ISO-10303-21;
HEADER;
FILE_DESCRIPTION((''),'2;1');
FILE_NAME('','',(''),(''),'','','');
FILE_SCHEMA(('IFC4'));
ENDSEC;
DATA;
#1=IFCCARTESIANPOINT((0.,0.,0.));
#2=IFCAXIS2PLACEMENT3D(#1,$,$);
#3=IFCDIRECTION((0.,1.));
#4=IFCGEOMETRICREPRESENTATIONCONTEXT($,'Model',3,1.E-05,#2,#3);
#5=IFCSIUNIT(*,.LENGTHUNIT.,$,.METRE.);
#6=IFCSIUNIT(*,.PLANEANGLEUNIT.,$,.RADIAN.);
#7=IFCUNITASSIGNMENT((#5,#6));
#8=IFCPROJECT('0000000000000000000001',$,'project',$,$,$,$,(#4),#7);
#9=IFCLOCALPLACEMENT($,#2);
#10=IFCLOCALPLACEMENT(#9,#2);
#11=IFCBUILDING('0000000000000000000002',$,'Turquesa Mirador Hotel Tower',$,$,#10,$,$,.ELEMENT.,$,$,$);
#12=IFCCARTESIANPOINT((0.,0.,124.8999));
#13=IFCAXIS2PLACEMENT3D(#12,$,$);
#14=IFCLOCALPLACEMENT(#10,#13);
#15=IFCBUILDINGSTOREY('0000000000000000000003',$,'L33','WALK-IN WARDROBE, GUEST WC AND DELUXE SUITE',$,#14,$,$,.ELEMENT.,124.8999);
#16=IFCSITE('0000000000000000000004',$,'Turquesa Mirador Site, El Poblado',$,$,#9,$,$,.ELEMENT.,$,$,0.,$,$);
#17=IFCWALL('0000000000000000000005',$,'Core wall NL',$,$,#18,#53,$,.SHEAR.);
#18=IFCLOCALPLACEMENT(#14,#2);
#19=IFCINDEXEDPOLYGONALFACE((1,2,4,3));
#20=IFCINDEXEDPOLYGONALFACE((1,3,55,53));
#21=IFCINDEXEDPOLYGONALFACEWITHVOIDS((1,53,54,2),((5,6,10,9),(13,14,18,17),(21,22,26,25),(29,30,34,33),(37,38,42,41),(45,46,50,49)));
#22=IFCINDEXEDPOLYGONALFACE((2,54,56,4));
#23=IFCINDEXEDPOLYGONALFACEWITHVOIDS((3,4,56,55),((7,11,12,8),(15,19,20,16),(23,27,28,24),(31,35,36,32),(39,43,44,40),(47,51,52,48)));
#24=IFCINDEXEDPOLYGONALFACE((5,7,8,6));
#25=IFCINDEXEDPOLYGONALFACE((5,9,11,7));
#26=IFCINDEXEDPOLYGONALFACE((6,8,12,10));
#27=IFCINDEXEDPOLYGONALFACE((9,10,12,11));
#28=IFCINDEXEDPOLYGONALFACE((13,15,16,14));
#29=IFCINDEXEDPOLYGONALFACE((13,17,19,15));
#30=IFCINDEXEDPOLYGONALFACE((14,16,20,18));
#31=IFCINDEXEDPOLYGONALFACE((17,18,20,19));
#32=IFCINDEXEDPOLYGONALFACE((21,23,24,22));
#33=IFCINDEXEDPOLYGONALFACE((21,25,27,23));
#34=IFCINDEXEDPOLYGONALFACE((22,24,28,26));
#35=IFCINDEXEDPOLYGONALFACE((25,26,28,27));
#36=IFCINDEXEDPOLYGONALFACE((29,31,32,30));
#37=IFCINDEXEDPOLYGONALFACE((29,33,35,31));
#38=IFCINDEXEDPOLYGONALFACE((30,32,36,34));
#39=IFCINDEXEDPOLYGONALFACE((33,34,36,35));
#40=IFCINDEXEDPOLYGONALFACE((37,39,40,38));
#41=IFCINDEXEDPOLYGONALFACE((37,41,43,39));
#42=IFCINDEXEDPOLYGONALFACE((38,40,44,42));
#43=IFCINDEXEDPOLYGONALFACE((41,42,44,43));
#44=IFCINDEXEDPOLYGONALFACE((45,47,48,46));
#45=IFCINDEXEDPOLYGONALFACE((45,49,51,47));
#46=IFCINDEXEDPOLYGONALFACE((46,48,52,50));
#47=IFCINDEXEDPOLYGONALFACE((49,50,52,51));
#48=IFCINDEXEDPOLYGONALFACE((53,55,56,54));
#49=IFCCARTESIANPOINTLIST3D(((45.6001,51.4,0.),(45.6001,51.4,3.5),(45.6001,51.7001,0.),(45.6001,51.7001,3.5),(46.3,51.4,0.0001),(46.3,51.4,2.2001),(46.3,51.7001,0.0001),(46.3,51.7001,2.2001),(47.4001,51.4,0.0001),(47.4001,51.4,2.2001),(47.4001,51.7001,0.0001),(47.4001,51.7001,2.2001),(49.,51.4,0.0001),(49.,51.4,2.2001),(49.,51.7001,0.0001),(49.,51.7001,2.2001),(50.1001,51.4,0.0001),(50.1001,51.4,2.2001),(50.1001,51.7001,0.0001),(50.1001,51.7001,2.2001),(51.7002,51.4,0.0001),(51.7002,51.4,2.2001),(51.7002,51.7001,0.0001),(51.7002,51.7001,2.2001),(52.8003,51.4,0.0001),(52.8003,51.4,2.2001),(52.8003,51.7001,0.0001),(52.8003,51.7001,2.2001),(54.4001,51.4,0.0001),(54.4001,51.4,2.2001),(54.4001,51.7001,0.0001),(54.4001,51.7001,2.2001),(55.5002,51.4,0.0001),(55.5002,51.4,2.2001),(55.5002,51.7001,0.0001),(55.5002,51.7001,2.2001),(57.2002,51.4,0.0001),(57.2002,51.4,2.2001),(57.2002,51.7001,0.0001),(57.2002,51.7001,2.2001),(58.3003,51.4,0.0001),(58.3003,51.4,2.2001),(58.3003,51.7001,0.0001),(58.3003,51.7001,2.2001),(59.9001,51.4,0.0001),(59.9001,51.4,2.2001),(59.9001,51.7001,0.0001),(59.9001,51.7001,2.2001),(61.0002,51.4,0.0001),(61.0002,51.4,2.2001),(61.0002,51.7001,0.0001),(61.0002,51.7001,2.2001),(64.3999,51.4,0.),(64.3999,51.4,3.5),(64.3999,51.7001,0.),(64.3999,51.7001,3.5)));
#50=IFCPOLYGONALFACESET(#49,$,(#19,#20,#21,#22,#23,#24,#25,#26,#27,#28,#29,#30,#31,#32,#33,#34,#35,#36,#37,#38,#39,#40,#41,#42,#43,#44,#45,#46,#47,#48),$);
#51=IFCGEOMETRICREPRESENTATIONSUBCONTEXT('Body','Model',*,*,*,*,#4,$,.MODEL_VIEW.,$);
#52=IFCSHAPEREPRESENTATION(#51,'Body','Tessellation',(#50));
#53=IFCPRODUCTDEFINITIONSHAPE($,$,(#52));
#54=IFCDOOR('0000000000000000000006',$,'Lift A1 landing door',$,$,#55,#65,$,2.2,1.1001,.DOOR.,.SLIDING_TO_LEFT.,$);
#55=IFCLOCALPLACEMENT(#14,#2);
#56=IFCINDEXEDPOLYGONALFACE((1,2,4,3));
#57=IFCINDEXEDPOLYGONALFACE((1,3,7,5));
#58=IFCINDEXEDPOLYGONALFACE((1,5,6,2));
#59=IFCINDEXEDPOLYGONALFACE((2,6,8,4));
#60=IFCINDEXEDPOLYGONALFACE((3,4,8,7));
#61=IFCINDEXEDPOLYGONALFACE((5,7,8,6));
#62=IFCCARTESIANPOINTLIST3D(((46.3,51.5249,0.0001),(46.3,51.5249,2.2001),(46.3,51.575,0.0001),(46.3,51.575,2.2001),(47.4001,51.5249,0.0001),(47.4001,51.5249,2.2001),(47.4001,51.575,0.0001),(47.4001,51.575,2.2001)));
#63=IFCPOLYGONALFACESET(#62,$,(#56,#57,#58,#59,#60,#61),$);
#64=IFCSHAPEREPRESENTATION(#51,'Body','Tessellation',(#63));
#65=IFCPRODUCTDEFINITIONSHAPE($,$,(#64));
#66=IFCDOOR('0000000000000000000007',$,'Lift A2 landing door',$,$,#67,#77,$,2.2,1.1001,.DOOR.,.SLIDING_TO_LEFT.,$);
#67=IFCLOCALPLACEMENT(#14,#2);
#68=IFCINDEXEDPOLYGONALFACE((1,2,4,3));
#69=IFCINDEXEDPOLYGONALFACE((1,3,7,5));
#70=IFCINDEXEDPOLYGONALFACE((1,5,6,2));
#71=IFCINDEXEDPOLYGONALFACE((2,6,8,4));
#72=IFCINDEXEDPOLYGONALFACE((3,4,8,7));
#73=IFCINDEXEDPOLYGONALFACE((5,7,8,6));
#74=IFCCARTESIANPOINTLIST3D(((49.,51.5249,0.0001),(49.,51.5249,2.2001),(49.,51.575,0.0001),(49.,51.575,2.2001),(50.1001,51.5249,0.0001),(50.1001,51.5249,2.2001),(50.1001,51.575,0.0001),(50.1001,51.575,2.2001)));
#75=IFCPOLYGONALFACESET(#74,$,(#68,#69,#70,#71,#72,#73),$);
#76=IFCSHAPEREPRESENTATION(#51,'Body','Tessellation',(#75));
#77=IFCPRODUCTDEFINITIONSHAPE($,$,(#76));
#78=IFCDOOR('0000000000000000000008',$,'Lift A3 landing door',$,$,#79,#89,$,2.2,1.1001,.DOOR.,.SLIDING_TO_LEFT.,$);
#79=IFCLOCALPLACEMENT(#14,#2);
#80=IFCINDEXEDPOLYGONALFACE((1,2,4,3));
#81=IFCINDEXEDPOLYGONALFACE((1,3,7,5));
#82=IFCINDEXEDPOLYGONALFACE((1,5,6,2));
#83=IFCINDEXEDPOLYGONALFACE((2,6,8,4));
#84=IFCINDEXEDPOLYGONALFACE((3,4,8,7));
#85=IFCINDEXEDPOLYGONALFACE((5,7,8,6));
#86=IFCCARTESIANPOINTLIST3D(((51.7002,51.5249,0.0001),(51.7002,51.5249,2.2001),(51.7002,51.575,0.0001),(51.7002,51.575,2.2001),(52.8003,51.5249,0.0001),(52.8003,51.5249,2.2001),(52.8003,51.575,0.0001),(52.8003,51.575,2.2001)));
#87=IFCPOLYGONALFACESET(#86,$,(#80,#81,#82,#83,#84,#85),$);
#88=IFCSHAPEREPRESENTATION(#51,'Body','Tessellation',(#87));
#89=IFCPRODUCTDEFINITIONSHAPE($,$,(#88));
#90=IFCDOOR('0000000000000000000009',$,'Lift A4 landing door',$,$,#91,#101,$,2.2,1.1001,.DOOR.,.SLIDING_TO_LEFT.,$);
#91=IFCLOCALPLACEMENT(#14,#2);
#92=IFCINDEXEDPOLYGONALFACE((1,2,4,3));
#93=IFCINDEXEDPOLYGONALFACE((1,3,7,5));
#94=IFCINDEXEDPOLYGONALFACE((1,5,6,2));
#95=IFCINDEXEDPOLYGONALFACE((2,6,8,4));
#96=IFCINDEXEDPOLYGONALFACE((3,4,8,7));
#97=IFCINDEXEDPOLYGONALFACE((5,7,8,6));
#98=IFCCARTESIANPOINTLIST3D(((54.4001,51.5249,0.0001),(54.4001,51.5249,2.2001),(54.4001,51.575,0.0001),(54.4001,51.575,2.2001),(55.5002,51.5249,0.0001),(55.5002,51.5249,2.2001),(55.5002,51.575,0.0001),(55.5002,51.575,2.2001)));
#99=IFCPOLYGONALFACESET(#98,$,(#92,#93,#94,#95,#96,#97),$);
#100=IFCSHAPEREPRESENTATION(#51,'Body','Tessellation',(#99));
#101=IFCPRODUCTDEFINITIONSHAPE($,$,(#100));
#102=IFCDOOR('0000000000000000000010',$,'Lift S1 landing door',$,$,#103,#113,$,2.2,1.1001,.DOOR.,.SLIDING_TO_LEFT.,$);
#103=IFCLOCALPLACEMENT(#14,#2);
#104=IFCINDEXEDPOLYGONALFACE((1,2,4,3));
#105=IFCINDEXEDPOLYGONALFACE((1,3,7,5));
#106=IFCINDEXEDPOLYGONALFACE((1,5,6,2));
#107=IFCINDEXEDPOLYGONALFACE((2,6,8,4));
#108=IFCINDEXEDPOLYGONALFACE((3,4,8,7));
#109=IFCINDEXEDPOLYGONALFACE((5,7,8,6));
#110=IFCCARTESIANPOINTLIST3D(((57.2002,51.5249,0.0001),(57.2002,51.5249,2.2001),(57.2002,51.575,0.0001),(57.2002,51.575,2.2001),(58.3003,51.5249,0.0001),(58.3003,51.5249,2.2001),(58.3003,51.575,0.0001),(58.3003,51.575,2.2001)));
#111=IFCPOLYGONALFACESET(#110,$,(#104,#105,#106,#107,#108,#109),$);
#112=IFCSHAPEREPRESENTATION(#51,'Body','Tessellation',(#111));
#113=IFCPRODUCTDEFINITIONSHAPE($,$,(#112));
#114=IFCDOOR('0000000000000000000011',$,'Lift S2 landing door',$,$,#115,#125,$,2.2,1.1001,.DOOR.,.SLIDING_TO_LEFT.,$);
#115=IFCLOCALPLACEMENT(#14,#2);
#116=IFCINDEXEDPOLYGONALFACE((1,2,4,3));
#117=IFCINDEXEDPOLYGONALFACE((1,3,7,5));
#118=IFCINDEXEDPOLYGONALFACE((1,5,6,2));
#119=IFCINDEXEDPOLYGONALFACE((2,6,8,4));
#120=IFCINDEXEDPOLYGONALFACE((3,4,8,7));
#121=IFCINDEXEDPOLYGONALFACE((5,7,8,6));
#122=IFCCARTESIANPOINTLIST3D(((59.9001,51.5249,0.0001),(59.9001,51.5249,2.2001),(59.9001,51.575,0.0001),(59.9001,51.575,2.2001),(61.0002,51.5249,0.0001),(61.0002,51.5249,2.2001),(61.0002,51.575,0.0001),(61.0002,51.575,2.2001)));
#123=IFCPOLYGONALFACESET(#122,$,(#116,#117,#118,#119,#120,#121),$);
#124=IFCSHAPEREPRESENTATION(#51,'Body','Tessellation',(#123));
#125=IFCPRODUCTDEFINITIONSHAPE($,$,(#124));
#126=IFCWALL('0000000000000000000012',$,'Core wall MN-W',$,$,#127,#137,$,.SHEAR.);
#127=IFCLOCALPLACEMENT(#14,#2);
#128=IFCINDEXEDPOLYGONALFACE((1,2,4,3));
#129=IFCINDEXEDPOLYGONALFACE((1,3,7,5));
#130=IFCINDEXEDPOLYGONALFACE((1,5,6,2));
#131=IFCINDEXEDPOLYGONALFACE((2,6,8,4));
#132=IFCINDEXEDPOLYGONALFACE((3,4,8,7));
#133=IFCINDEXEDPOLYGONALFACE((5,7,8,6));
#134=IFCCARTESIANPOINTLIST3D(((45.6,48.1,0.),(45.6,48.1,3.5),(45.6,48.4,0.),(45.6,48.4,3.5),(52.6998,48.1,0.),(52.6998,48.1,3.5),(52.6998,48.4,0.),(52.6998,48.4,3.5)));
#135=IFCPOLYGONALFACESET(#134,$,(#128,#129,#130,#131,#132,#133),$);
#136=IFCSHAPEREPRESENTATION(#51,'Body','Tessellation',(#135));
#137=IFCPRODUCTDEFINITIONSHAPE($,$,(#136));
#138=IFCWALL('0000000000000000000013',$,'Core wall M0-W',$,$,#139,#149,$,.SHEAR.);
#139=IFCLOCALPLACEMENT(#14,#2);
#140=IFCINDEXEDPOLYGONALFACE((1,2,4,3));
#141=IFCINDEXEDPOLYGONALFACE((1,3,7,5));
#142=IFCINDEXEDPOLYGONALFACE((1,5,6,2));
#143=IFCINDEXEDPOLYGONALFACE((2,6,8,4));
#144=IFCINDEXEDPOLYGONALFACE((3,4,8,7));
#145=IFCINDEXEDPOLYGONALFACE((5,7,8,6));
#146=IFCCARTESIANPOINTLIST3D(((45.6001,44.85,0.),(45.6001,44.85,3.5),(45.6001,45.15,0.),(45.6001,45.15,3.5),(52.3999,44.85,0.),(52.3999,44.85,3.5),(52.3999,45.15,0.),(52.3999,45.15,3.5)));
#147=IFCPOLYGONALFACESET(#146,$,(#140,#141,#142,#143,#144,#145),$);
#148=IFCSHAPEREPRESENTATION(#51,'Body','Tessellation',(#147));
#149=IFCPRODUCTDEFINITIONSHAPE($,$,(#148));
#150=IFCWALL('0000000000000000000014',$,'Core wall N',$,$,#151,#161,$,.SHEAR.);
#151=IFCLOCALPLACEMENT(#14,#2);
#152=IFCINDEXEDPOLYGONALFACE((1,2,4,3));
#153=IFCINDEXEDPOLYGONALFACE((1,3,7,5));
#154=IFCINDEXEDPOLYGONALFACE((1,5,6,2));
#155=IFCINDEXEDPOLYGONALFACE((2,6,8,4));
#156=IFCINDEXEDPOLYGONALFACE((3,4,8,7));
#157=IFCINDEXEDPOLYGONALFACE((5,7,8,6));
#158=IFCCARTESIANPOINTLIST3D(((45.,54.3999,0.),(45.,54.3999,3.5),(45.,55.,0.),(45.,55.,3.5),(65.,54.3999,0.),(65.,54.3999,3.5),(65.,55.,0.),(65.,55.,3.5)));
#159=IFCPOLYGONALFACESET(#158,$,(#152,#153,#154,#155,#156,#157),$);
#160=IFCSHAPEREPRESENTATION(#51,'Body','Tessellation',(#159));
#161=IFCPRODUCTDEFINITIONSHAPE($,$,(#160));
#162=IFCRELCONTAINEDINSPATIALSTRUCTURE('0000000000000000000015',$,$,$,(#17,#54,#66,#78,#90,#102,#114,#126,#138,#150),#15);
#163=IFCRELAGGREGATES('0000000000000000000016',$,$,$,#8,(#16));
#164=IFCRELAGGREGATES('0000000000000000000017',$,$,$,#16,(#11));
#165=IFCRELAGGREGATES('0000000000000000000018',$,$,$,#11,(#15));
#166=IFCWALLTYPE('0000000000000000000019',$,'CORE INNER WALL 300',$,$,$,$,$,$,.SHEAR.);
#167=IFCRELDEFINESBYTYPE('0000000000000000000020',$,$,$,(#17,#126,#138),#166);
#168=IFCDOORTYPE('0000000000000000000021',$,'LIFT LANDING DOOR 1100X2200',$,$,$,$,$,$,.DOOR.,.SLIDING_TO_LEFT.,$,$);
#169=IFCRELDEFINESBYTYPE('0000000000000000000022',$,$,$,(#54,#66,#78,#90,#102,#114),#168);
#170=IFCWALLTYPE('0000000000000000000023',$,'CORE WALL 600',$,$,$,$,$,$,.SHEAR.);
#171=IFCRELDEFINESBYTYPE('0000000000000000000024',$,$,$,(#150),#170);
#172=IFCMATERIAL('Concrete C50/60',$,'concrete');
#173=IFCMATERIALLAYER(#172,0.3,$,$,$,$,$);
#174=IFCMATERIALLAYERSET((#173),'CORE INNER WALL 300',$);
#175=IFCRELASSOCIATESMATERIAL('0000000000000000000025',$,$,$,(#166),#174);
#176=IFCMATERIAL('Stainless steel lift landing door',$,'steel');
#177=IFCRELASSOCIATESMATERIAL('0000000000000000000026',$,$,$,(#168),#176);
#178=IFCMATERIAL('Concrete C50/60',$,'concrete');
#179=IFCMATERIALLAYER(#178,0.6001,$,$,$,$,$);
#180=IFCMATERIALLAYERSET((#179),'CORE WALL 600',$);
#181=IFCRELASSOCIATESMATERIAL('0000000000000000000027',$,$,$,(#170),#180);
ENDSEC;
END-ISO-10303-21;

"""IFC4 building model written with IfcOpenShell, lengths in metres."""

from ifc_helpers import new_model, si_unit, direction, frame, frame_2d, origin, place, context, subcontext, project, spatial, rectangle, extrude, material, layer, layer_set, type_object, element, fill, save


model = new_model("IFC4")

# Units and contexts
model_context = context("Model", 3, precision=1e-05, world=origin(), true_north=direction((0.0, 1.0)))
body_context = subcontext(model_context, "Body", "Model", "MODEL_VIEW")
ifc_project = project(units=[si_unit("LENGTHUNIT", "METRE"), si_unit("PLANEANGLEUNIT", "RADIAN")], contexts=[model_context])

# Site, building, storey
site_placement = place(None, origin())
site = spatial("IfcSite", under=ifc_project, at=site_placement, Name="Turquesa Mirador Site, El Poblado", CompositionType="ELEMENT", RefElevation=0.0)
building_placement = place(site_placement, origin())
building = spatial("IfcBuilding", under=site, at=building_placement, Name="Turquesa Mirador Hotel Tower", CompositionType="ELEMENT")
storey_placement = place(building_placement, frame((0.0, 0.0, 124.8999)))
storey = spatial("IfcBuildingStorey", under=building, at=storey_placement, Name="L33", Description="WALK-IN WARDROBE, GUEST WC AND DELUXE SUITE", CompositionType="ELEMENT", Elevation=124.8999)

# Wall, openings, doors
ifc_material_1 = material(Name="Concrete C50/60", Category="concrete")
ifc_layer_1 = layer(ifc_material_1, 0.3)
ifc_layer_set_1 = layer_set([ifc_layer_1], Name="CORE INNER WALL 300")
wall_type_1 = type_object("IfcWallType", Name="CORE INNER WALL 300", PredefinedType="SHEAR", material=ifc_layer_set_1)
wall_1_placement = place(storey_placement, frame((45.6001, 51.55, 0.0), z_axis=(0.0, 0.0, 1.0), x_axis=(1.0, 0.0, 0.0)))
wall_1 = element("IfcWall", 1, at=wall_1_placement, inside=storey, type_object=wall_type_1, Name="Core wall NL", PredefinedType="SHEAR", context=body_context, shape_type="SweptSolid", body=[
    extrude(rectangle(XDim=18.7998, YDim=0.3, at=frame_2d((9.3999, 0.0))), origin(), (0.0, 0.0, 1.0), 3.5),
])
opening_1_placement = place(wall_1_placement, frame((0.7, 0.0, 0.0)))
opening_1 = element("IfcOpeningElement", 2, at=opening_1_placement, cuts=wall_1, PredefinedType="OPENING", context=body_context, shape_type="SweptSolid", body=[
    extrude(rectangle(XDim=1.1001, YDim=2.2, at=frame_2d((0.55, 1.1001))), frame((0.0, 0.1599, 0.0), z_axis=(0.0, -1.0, 0.0), x_axis=(1.0, 0.0, 0.0)), (0.0, 0.0, 1.0), 0.3201),
])
opening_2_placement = place(wall_1_placement, frame((3.3999, 0.0, 0.0)))
opening_2 = element("IfcOpeningElement", 3, at=opening_2_placement, cuts=wall_1, PredefinedType="OPENING", context=body_context, shape_type="SweptSolid", body=[
    extrude(rectangle(XDim=1.1001, YDim=2.2, at=frame_2d((0.55, 1.1001))), frame((0.0, 0.1599, 0.0), z_axis=(0.0, -1.0, 0.0), x_axis=(1.0, 0.0, 0.0)), (0.0, 0.0, 1.0), 0.3201),
])
opening_3_placement = place(wall_1_placement, frame((6.1001, 0.0, 0.0)))
opening_3 = element("IfcOpeningElement", 4, at=opening_3_placement, cuts=wall_1, PredefinedType="OPENING", context=body_context, shape_type="SweptSolid", body=[
    extrude(rectangle(XDim=1.1001, YDim=2.2, at=frame_2d((0.55, 1.1001))), frame((0.0, 0.1599, 0.0), z_axis=(0.0, -1.0, 0.0), x_axis=(1.0, 0.0, 0.0)), (0.0, 0.0, 1.0), 0.3201),
])
opening_4_placement = place(wall_1_placement, frame((8.8, 0.0, 0.0)))
opening_4 = element("IfcOpeningElement", 5, at=opening_4_placement, cuts=wall_1, PredefinedType="OPENING", context=body_context, shape_type="SweptSolid", body=[
    extrude(rectangle(XDim=1.1001, YDim=2.2, at=frame_2d((0.55, 1.1001))), frame((0.0, 0.1599, 0.0), z_axis=(0.0, -1.0, 0.0), x_axis=(1.0, 0.0, 0.0)), (0.0, 0.0, 1.0), 0.3201),
])
opening_5_placement = place(wall_1_placement, frame((11.6001, 0.0, 0.0)))
opening_5 = element("IfcOpeningElement", 6, at=opening_5_placement, cuts=wall_1, PredefinedType="OPENING", context=body_context, shape_type="SweptSolid", body=[
    extrude(rectangle(XDim=1.1001, YDim=2.2, at=frame_2d((0.55, 1.1001))), frame((0.0, 0.1599, 0.0), z_axis=(0.0, -1.0, 0.0), x_axis=(1.0, 0.0, 0.0)), (0.0, 0.0, 1.0), 0.3201),
])
opening_6_placement = place(wall_1_placement, frame((14.3, 0.0, 0.0)))
opening_6 = element("IfcOpeningElement", 7, at=opening_6_placement, cuts=wall_1, PredefinedType="OPENING", context=body_context, shape_type="SweptSolid", body=[
    extrude(rectangle(XDim=1.1001, YDim=2.2, at=frame_2d((0.55, 1.1001))), frame((0.0, 0.1599, 0.0), z_axis=(0.0, -1.0, 0.0), x_axis=(1.0, 0.0, 0.0)), (0.0, 0.0, 1.0), 0.3201),
])
ifc_material_2 = material(Name="Stainless steel lift landing door", Category="steel")
door_type_1 = type_object("IfcDoorType", Name="LIFT LANDING DOOR 1100X2200", OperationType="SLIDING_TO_LEFT", PredefinedType="DOOR", material=ifc_material_2)
door_1_placement = place(opening_1_placement, origin())
door_1 = element("IfcDoor", 8, at=door_1_placement, inside=storey, type_object=door_type_1, Name="Lift A1 landing door", OperationType="SLIDING_TO_LEFT", OverallHeight=2.2, OverallWidth=1.1001, PredefinedType="DOOR", context=body_context, shape_type="SweptSolid", body=[
    extrude(rectangle(XDim=1.1001, YDim=2.2, at=frame_2d((0.55, 1.1001))), frame((0.0, 0.0249, 0.0), z_axis=(0.0, -1.0, 0.0), x_axis=(1.0, 0.0, 0.0)), (0.0, 0.0, 1.0), 0.05),
])
fill(opening_1, door_1)
door_2_placement = place(opening_2_placement, origin())
door_2 = element("IfcDoor", 9, at=door_2_placement, inside=storey, type_object=door_type_1, Name="Lift A2 landing door", OperationType="SLIDING_TO_LEFT", OverallHeight=2.2, OverallWidth=1.1001, PredefinedType="DOOR", context=body_context, shape_type="SweptSolid", body=[
    extrude(rectangle(XDim=1.1001, YDim=2.2, at=frame_2d((0.55, 1.1001))), frame((0.0, 0.0249, 0.0), z_axis=(0.0, -1.0, 0.0), x_axis=(1.0, 0.0, 0.0)), (0.0, 0.0, 1.0), 0.05),
])
fill(opening_2, door_2)
door_3_placement = place(opening_3_placement, origin())
door_3 = element("IfcDoor", 10, at=door_3_placement, inside=storey, type_object=door_type_1, Name="Lift A3 landing door", OperationType="SLIDING_TO_LEFT", OverallHeight=2.2, OverallWidth=1.1001, PredefinedType="DOOR", context=body_context, shape_type="SweptSolid", body=[
    extrude(rectangle(XDim=1.1001, YDim=2.2, at=frame_2d((0.55, 1.1001))), frame((0.0, 0.0249, 0.0), z_axis=(0.0, -1.0, 0.0), x_axis=(1.0, 0.0, 0.0)), (0.0, 0.0, 1.0), 0.05),
])
fill(opening_3, door_3)
door_4_placement = place(opening_4_placement, origin())
door_4 = element("IfcDoor", 11, at=door_4_placement, inside=storey, type_object=door_type_1, Name="Lift A4 landing door", OperationType="SLIDING_TO_LEFT", OverallHeight=2.2, OverallWidth=1.1001, PredefinedType="DOOR", context=body_context, shape_type="SweptSolid", body=[
    extrude(rectangle(XDim=1.1001, YDim=2.2, at=frame_2d((0.55, 1.1001))), frame((0.0, 0.0249, 0.0), z_axis=(0.0, -1.0, 0.0), x_axis=(1.0, 0.0, 0.0)), (0.0, 0.0, 1.0), 0.05),
])
fill(opening_4, door_4)
door_5_placement = place(opening_5_placement, origin())
door_5 = element("IfcDoor", 12, at=door_5_placement, inside=storey, type_object=door_type_1, Name="Lift S1 landing door", OperationType="SLIDING_TO_LEFT", OverallHeight=2.2, OverallWidth=1.1001, PredefinedType="DOOR", context=body_context, shape_type="SweptSolid", body=[
    extrude(rectangle(XDim=1.1001, YDim=2.2, at=frame_2d((0.55, 1.1001))), frame((0.0, 0.0249, 0.0), z_axis=(0.0, -1.0, 0.0), x_axis=(1.0, 0.0, 0.0)), (0.0, 0.0, 1.0), 0.05),
])
fill(opening_5, door_5)
door_6_placement = place(opening_6_placement, origin())
door_6 = element("IfcDoor", 13, at=door_6_placement, inside=storey, type_object=door_type_1, Name="Lift S2 landing door", OperationType="SLIDING_TO_LEFT", OverallHeight=2.2, OverallWidth=1.1001, PredefinedType="DOOR", context=body_context, shape_type="SweptSolid", body=[
    extrude(rectangle(XDim=1.1001, YDim=2.2, at=frame_2d((0.55, 1.1001))), frame((0.0, 0.0249, 0.0), z_axis=(0.0, -1.0, 0.0), x_axis=(1.0, 0.0, 0.0)), (0.0, 0.0, 1.0), 0.05),
])
fill(opening_6, door_6)

# Walls
wall_2_placement = place(storey_placement, frame((45.6001, 48.25, 0.0), z_axis=(0.0, 0.0, 1.0), x_axis=(1.0, 0.0, 0.0)))
element("IfcWall", 14, at=wall_2_placement, inside=storey, type_object=wall_type_1, Name="Core wall MN-W", PredefinedType="SHEAR", context=body_context, shape_type="SweptSolid", body=[
    extrude(rectangle(XDim=7.0999, YDim=0.3, at=frame_2d((3.5498, 0.0))), origin(), (0.0, 0.0, 1.0), 3.5),
])
wall_3_placement = place(storey_placement, frame((45.6001, 45.0, 0.0), z_axis=(0.0, 0.0, 1.0), x_axis=(1.0, 0.0, 0.0)))
element("IfcWall", 15, at=wall_3_placement, inside=storey, type_object=wall_type_1, Name="Core wall M0-W", PredefinedType="SHEAR", context=body_context, shape_type="SweptSolid", body=[
    extrude(rectangle(XDim=6.7998, YDim=0.3, at=frame_2d((3.3999, 0.0))), origin(), (0.0, 0.0, 1.0), 3.5),
])
ifc_material_3 = material(Name="Concrete C50/60", Category="concrete")
ifc_layer_2 = layer(ifc_material_3, 0.6001)
ifc_layer_set_2 = layer_set([ifc_layer_2], Name="CORE WALL 600")
wall_type_2 = type_object("IfcWallType", Name="CORE WALL 600", PredefinedType="SHEAR", material=ifc_layer_set_2)
wall_4_placement = place(storey_placement, frame((45.0, 54.7, 0.0), z_axis=(0.0, 0.0, 1.0), x_axis=(1.0, 0.0, 0.0)))
element("IfcWall", 16, at=wall_4_placement, inside=storey, type_object=wall_type_2, Name="Core wall N", PredefinedType="SHEAR", context=body_context, shape_type="SweptSolid", body=[
    extrude(rectangle(XDim=20.0, YDim=0.6001, at=frame_2d((10.0, 0.0))), origin(), (0.0, 0.0, 1.0), 3.5),
])

save(model, "model.ifc")
